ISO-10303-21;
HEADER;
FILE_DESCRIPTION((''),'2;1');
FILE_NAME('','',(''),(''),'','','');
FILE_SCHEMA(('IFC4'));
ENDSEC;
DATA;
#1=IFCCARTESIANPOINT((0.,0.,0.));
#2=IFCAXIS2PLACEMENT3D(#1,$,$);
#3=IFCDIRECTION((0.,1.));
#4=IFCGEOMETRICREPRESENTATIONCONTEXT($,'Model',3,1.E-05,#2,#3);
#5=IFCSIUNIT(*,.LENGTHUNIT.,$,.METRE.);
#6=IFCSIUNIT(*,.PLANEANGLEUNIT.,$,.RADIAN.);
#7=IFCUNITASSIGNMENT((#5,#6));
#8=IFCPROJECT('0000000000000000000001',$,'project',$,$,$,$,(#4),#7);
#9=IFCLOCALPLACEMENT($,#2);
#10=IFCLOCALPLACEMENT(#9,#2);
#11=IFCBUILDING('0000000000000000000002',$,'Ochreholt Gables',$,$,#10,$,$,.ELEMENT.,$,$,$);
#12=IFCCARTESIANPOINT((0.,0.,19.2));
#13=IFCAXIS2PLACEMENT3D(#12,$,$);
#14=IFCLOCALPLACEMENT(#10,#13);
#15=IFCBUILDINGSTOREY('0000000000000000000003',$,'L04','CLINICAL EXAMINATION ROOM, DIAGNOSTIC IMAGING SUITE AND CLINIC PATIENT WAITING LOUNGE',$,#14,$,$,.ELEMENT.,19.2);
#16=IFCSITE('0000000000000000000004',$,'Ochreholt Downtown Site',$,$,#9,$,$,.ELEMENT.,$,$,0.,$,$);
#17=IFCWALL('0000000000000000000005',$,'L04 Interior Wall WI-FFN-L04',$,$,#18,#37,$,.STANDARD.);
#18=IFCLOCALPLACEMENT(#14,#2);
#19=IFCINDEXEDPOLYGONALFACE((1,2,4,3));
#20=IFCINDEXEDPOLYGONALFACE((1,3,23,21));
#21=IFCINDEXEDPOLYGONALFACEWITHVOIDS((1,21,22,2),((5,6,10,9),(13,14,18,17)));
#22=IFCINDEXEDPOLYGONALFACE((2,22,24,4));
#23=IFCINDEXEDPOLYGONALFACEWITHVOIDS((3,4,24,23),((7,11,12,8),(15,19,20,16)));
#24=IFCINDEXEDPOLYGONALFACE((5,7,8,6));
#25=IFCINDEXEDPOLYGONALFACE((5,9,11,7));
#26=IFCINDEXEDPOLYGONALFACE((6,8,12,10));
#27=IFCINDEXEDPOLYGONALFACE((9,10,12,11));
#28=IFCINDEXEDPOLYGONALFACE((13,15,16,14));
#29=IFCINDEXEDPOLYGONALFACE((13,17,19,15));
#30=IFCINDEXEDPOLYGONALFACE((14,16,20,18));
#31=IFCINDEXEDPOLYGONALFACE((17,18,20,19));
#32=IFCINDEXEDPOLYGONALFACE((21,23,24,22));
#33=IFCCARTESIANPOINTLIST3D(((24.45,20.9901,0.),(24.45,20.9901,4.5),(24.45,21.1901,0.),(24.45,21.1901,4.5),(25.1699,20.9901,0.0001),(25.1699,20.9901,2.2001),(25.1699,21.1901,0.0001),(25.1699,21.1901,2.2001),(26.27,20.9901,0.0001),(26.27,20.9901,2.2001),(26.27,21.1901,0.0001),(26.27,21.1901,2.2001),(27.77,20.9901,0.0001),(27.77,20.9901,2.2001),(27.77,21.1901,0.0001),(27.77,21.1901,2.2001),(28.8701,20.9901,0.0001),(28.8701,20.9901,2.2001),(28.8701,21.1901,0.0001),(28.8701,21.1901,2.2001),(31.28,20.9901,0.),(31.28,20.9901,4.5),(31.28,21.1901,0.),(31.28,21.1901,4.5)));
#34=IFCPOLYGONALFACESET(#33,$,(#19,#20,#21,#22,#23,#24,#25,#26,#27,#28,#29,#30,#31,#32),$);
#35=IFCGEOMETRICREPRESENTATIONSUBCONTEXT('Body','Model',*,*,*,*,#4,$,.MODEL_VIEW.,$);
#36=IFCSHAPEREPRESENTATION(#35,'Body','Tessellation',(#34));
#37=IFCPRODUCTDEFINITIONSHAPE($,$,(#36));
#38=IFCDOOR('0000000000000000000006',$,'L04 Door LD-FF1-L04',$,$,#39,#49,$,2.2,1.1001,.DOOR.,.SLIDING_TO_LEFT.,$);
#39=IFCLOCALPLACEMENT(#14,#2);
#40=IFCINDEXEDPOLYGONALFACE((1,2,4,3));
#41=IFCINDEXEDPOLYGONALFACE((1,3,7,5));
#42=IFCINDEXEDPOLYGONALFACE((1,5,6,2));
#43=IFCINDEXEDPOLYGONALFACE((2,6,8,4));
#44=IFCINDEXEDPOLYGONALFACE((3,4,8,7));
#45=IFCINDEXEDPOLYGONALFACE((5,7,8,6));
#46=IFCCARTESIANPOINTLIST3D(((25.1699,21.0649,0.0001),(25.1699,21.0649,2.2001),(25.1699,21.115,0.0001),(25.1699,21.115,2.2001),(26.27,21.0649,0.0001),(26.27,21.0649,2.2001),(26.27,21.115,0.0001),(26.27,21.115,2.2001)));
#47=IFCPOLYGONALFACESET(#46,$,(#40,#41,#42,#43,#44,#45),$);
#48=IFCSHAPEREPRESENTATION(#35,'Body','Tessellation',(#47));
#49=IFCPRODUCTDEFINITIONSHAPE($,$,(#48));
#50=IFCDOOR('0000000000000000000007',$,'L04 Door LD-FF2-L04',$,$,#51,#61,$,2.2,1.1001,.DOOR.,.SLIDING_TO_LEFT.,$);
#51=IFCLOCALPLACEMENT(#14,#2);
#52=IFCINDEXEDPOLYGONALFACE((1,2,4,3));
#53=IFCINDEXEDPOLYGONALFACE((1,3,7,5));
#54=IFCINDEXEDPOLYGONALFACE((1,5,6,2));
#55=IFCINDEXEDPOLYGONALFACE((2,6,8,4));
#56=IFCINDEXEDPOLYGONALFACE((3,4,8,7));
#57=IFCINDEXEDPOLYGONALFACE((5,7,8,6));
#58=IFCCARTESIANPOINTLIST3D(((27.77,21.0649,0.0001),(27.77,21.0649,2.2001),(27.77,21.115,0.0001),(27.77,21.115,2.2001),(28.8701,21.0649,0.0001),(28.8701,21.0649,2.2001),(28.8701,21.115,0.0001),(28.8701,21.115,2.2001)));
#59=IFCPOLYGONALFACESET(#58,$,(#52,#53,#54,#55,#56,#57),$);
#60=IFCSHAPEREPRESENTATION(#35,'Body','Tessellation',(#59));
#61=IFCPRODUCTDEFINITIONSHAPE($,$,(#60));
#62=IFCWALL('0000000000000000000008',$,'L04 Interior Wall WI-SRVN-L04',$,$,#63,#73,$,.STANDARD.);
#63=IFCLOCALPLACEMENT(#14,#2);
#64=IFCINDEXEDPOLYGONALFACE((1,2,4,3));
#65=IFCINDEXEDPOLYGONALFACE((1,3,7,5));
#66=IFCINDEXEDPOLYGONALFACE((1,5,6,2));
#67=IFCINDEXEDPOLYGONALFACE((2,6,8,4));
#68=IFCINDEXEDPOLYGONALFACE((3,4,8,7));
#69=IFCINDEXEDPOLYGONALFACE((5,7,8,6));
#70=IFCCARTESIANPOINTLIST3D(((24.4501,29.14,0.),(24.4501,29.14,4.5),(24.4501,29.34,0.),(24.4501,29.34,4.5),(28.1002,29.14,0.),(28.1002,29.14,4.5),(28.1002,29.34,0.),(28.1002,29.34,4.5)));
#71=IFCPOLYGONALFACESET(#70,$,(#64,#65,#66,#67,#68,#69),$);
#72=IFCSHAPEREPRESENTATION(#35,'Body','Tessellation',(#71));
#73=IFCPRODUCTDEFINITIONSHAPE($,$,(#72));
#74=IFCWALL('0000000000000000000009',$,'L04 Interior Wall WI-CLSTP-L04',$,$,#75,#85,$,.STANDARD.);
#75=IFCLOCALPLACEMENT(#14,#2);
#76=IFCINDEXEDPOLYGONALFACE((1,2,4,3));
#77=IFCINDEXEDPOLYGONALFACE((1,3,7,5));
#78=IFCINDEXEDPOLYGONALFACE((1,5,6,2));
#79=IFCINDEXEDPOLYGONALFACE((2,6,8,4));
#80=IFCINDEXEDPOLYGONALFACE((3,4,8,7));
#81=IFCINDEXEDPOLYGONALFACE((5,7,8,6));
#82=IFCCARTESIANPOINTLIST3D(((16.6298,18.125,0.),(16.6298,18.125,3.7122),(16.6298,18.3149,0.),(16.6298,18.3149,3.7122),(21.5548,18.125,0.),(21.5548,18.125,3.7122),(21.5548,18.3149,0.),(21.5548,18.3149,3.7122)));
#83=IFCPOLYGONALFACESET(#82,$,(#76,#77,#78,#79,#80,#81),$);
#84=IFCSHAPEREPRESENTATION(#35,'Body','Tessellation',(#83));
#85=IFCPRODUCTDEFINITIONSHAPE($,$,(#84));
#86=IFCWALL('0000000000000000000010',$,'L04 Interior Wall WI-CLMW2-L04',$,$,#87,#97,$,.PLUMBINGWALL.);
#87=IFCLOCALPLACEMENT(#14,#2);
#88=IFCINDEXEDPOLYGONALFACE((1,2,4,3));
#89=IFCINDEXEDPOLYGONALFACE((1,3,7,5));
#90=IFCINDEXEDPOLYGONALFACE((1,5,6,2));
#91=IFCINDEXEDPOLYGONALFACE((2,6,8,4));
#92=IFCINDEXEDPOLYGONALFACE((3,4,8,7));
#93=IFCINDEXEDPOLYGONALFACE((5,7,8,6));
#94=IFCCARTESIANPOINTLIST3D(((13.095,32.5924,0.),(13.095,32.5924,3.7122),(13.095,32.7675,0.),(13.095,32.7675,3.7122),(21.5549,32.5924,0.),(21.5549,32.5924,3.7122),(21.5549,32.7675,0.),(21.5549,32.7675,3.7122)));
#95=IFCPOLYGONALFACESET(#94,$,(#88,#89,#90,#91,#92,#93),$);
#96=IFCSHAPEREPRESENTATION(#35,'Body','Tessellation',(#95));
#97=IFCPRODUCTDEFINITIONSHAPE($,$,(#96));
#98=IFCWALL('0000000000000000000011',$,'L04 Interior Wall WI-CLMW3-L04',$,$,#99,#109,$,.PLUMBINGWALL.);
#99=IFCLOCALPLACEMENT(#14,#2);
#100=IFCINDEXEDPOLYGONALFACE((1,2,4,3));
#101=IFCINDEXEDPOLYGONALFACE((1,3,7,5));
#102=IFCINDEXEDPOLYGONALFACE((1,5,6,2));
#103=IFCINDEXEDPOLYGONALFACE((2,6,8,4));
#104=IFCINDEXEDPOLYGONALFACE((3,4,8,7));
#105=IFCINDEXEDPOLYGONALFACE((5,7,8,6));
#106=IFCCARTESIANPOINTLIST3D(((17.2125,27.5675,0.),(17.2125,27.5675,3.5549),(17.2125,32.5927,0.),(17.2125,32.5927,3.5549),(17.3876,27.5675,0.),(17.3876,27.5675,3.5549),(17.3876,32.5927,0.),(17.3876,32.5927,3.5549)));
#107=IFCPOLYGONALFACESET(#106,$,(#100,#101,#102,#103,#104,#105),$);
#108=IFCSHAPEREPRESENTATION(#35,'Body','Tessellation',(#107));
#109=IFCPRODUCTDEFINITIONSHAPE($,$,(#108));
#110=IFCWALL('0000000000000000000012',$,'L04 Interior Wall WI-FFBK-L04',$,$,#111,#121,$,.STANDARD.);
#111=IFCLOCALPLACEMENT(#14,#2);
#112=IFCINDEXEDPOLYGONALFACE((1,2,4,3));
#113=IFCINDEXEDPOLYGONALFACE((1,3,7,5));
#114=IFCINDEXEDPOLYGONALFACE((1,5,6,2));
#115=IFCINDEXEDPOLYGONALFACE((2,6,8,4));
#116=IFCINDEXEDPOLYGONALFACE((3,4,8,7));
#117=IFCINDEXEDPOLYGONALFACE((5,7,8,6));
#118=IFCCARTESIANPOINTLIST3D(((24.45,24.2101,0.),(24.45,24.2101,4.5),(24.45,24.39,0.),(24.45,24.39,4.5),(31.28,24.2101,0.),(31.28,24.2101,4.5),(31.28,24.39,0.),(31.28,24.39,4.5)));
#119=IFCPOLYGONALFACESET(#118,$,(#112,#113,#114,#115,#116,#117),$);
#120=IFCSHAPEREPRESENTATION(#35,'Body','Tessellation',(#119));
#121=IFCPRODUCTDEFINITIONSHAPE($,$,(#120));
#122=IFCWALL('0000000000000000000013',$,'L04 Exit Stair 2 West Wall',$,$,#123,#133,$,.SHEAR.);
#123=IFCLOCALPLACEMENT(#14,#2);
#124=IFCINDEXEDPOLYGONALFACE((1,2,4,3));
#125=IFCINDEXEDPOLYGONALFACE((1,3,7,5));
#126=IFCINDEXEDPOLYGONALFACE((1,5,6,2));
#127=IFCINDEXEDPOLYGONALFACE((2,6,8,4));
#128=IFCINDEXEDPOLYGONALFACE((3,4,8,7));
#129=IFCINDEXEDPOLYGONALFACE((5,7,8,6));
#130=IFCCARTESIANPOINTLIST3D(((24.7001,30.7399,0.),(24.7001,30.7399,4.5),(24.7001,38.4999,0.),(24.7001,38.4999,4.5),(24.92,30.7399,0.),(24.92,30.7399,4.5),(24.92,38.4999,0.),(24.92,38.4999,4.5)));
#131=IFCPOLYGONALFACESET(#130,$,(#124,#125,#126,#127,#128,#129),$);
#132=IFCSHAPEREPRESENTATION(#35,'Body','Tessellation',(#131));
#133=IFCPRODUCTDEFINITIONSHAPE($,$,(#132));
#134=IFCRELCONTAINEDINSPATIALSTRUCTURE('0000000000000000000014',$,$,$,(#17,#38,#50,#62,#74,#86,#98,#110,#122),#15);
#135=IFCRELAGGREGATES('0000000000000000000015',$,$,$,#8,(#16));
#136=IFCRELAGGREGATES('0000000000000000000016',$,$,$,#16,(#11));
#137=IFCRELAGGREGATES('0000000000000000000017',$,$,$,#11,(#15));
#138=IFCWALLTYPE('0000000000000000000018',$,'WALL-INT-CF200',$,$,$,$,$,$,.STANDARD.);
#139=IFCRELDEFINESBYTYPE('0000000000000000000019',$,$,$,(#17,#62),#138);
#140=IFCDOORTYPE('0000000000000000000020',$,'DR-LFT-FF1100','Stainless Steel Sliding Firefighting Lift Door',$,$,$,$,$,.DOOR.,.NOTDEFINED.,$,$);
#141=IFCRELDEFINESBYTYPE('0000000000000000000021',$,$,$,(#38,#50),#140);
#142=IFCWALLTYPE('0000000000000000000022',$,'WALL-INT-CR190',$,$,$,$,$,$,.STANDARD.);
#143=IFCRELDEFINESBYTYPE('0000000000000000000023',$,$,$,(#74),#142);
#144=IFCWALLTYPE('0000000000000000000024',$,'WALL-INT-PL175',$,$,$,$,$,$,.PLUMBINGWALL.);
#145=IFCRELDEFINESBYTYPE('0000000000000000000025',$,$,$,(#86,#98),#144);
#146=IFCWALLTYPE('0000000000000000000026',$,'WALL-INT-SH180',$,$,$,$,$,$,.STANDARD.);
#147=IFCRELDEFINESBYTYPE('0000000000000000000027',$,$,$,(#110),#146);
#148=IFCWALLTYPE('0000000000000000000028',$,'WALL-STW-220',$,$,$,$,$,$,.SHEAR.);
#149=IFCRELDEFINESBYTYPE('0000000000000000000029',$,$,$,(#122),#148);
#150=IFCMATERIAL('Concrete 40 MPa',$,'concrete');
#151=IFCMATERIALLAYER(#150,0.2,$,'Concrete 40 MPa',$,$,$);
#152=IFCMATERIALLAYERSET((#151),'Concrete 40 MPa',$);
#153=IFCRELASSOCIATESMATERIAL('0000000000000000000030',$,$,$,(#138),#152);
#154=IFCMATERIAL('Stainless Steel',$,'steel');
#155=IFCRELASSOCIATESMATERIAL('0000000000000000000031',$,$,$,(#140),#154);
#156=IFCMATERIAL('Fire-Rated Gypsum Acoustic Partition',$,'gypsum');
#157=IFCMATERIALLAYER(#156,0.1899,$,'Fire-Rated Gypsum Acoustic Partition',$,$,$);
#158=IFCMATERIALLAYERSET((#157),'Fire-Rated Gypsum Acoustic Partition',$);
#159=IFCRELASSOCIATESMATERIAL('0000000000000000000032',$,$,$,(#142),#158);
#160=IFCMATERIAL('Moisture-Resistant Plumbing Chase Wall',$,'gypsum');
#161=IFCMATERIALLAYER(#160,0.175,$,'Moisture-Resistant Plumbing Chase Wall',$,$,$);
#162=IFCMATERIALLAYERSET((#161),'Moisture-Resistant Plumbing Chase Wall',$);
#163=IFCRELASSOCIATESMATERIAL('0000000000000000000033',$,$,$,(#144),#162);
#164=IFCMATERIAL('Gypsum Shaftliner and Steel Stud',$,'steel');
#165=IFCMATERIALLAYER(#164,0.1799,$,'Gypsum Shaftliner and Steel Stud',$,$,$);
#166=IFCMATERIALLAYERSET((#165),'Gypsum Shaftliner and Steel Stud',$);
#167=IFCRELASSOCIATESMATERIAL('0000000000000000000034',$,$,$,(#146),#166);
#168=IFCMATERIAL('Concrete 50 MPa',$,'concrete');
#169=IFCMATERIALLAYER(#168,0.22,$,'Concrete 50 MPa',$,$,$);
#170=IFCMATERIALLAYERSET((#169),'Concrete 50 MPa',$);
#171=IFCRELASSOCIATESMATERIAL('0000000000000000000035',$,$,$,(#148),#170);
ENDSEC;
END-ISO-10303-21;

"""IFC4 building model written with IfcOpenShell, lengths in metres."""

from ifc_helpers import new_model, si_unit, direction, frame, frame_2d, origin, place, context, subcontext, project, spatial, rectangle, extrude, material, layer, layer_set, type_object, element, fill, save


model = new_model("IFC4")

# Units and contexts
model_context = context("Model", 3, precision=1e-05, world=origin(), true_north=direction((0.0, 1.0)))
body_context = subcontext(model_context, "Body", "Model", "MODEL_VIEW")
ifc_project = project(units=[si_unit("LENGTHUNIT", "METRE"), si_unit("PLANEANGLEUNIT", "RADIAN")], contexts=[model_context])

# Site, building, storey
site_placement = place(None, origin())
site = spatial("IfcSite", under=ifc_project, at=site_placement, Name="Ochreholt Downtown Site", CompositionType="ELEMENT", RefElevation=0.0)
building_placement = place(site_placement, origin())
building = spatial("IfcBuilding", under=site, at=building_placement, Name="Ochreholt Gables", CompositionType="ELEMENT")
storey_placement = place(building_placement, frame((0.0, 0.0, 19.2)))
storey = spatial("IfcBuildingStorey", under=building, at=storey_placement, Name="L04", Description="CLINICAL EXAMINATION ROOM, DIAGNOSTIC IMAGING SUITE AND CLINIC PATIENT WAITING LOUNGE", CompositionType="ELEMENT", Elevation=19.2)

# Wall, openings, doors
ifc_material_1 = material(Name="Concrete 40 MPa", Category="concrete")
ifc_layer_1 = layer(ifc_material_1, 0.2, Name="Concrete 40 MPa")
ifc_layer_set_1 = layer_set([ifc_layer_1], Name="Concrete 40 MPa")
wall_type_1 = type_object("IfcWallType", Name="WALL-INT-CF200", PredefinedType="STANDARD", material=ifc_layer_set_1)
wall_1_placement = place(storey_placement, frame((24.45, 21.0901, 0.0), z_axis=(0.0, 0.0, 1.0), x_axis=(1.0, 0.0, 0.0)))
wall_1 = element("IfcWall", 1, at=wall_1_placement, inside=storey, type_object=wall_type_1, Name="L04 Interior Wall WI-FFN-L04", PredefinedType="STANDARD", context=body_context, shape_type="SweptSolid", body=[
    extrude(rectangle(XDim=6.8301, YDim=0.2, at=frame_2d((3.415, 0.0))), origin(), (0.0, 0.0, 1.0), 4.5),
])
opening_1_placement = place(wall_1_placement, frame((0.72, 0.0, 0.0)))
opening_1 = element("IfcOpeningElement", 2, at=opening_1_placement, cuts=wall_1, PredefinedType="OPENING", context=body_context, shape_type="SweptSolid", body=[
    extrude(rectangle(XDim=1.1001, YDim=2.2, at=frame_2d((0.55, 1.1001))), frame((0.0, 0.1099, 0.0), z_axis=(0.0, -1.0, 0.0), x_axis=(1.0, 0.0, 0.0)), (0.0, 0.0, 1.0), 0.22),
])
opening_2_placement = place(wall_1_placement, frame((3.3201, 0.0, 0.0)))
opening_2 = element("IfcOpeningElement", 3, at=opening_2_placement, cuts=wall_1, PredefinedType="OPENING", context=body_context, shape_type="SweptSolid", body=[
    extrude(rectangle(XDim=1.1001, YDim=2.2, at=frame_2d((0.55, 1.1001))), frame((0.0, 0.1099, 0.0), z_axis=(0.0, -1.0, 0.0), x_axis=(1.0, 0.0, 0.0)), (0.0, 0.0, 1.0), 0.22),
])
ifc_material_2 = material(Name="Stainless Steel", Category="steel")
door_type_1 = type_object("IfcDoorType", Name="DR-LFT-FF1100", Description="Stainless Steel Sliding Firefighting Lift Door", OperationType="NOTDEFINED", PredefinedType="DOOR", material=ifc_material_2)
door_1_placement = place(opening_1_placement, origin())
door_1 = element("IfcDoor", 4, at=door_1_placement, inside=storey, type_object=door_type_1, Name="L04 Door LD-FF1-L04", OperationType="SLIDING_TO_LEFT", OverallHeight=2.2, OverallWidth=1.1001, PredefinedType="DOOR", context=body_context, shape_type="SweptSolid", body=[
    extrude(rectangle(XDim=1.1001, YDim=2.2, at=frame_2d((0.55, 1.1001))), frame((0.0, 0.0249, 0.0), z_axis=(0.0, -1.0, 0.0), x_axis=(1.0, 0.0, 0.0)), (0.0, 0.0, 1.0), 0.05),
])
fill(opening_1, door_1)
door_2_placement = place(opening_2_placement, origin())
door_2 = element("IfcDoor", 5, at=door_2_placement, inside=storey, type_object=door_type_1, Name="L04 Door LD-FF2-L04", OperationType="SLIDING_TO_LEFT", OverallHeight=2.2, OverallWidth=1.1001, PredefinedType="DOOR", context=body_context, shape_type="SweptSolid", body=[
    extrude(rectangle(XDim=1.1001, YDim=2.2, at=frame_2d((0.55, 1.1001))), frame((0.0, 0.0249, 0.0), z_axis=(0.0, -1.0, 0.0), x_axis=(1.0, 0.0, 0.0)), (0.0, 0.0, 1.0), 0.05),
])
fill(opening_2, door_2)

# Walls
wall_2_placement = place(storey_placement, frame((24.45, 29.24, 0.0), z_axis=(0.0, 0.0, 1.0), x_axis=(1.0, 0.0, 0.0)))
element("IfcWall", 6, at=wall_2_placement, inside=storey, type_object=wall_type_1, Name="L04 Interior Wall WI-SRVN-L04", PredefinedType="STANDARD", context=body_context, shape_type="SweptSolid", body=[
    extrude(rectangle(XDim=3.6501, YDim=0.2, at=frame_2d((1.8252, 0.0))), origin(), (0.0, 0.0, 1.0), 4.5),
])
ifc_material_3 = material(Name="Fire-Rated Gypsum Acoustic Partition", Category="gypsum")
ifc_layer_2 = layer(ifc_material_3, 0.1899, Name="Fire-Rated Gypsum Acoustic Partition")
ifc_layer_set_2 = layer_set([ifc_layer_2], Name="Fire-Rated Gypsum Acoustic Partition")
wall_type_2 = type_object("IfcWallType", Name="WALL-INT-CR190", PredefinedType="STANDARD", material=ifc_layer_set_2)
wall_3_placement = place(storey_placement, frame((16.6299, 18.22, 0.0), z_axis=(0.0, 0.0, 1.0), x_axis=(1.0, 0.0, 0.0)))
element("IfcWall", 7, at=wall_3_placement, inside=storey, type_object=wall_type_2, Name="L04 Interior Wall WI-CLSTP-L04", PredefinedType="STANDARD", context=body_context, shape_type="SweptSolid", body=[
    extrude(rectangle(XDim=4.925, YDim=0.1899, at=frame_2d((2.4624, 0.0))), origin(), (0.0, 0.0, 1.0), 3.7122),
])
ifc_material_4 = material(Name="Moisture-Resistant Plumbing Chase Wall", Category="gypsum")
ifc_layer_3 = layer(ifc_material_4, 0.175, Name="Moisture-Resistant Plumbing Chase Wall")
ifc_layer_set_3 = layer_set([ifc_layer_3], Name="Moisture-Resistant Plumbing Chase Wall")
wall_type_3 = type_object("IfcWallType", Name="WALL-INT-PL175", PredefinedType="PLUMBINGWALL", material=ifc_layer_set_3)
wall_4_placement = place(storey_placement, frame((13.095, 32.6799, 0.0), z_axis=(0.0, 0.0, 1.0), x_axis=(1.0, 0.0, 0.0)))
element("IfcWall", 8, at=wall_4_placement, inside=storey, type_object=wall_type_3, Name="L04 Interior Wall WI-CLMW2-L04", PredefinedType="PLUMBINGWALL", context=body_context, shape_type="SweptSolid", body=[
    extrude(rectangle(XDim=8.46, YDim=0.175, at=frame_2d((4.23, 0.0))), origin(), (0.0, 0.0, 1.0), 3.7122),
])
wall_5_placement = place(storey_placement, frame((17.3, 27.5674, 0.0), z_axis=(0.0, 0.0, 1.0), x_axis=(0.0, 1.0, 0.0)))
element("IfcWall", 9, at=wall_5_placement, inside=storey, type_object=wall_type_3, Name="L04 Interior Wall WI-CLMW3-L04", PredefinedType="PLUMBINGWALL", context=body_context, shape_type="SweptSolid", body=[
    extrude(rectangle(XDim=5.0251, YDim=0.175, at=frame_2d((2.5127, 0.0))), origin(), (0.0, 0.0, 1.0), 3.5549),
])
ifc_material_5 = material(Name="Gypsum Shaftliner and Steel Stud", Category="steel")
ifc_layer_4 = layer(ifc_material_5, 0.1799, Name="Gypsum Shaftliner and Steel Stud")
ifc_layer_set_4 = layer_set([ifc_layer_4], Name="Gypsum Shaftliner and Steel Stud")
wall_type_4 = type_object("IfcWallType", Name="WALL-INT-SH180", PredefinedType="STANDARD", material=ifc_layer_set_4)
wall_6_placement = place(storey_placement, frame((24.45, 24.3, 0.0), z_axis=(0.0, 0.0, 1.0), x_axis=(1.0, 0.0, 0.0)))
element("IfcWall", 10, at=wall_6_placement, inside=storey, type_object=wall_type_4, Name="L04 Interior Wall WI-FFBK-L04", PredefinedType="STANDARD", context=body_context, shape_type="SweptSolid", body=[
    extrude(rectangle(XDim=6.8301, YDim=0.1799, at=frame_2d((3.415, 0.0))), origin(), (0.0, 0.0, 1.0), 4.5),
])
ifc_material_6 = material(Name="Concrete 50 MPa", Category="concrete")
ifc_layer_5 = layer(ifc_material_6, 0.22, Name="Concrete 50 MPa")
ifc_layer_set_5 = layer_set([ifc_layer_5], Name="Concrete 50 MPa")
wall_type_5 = type_object("IfcWallType", Name="WALL-STW-220", PredefinedType="SHEAR", material=ifc_layer_set_5)
wall_7_placement = place(storey_placement, frame((24.8101, 30.74, 0.0), z_axis=(0.0, 0.0, 1.0), x_axis=(0.0, 1.0, 0.0)))
element("IfcWall", 11, at=wall_7_placement, inside=storey, type_object=wall_type_5, Name="L04 Exit Stair 2 West Wall", PredefinedType="SHEAR", context=body_context, shape_type="SweptSolid", body=[
    extrude(rectangle(XDim=7.76, YDim=0.22, at=frame_2d((3.8799, 0.0))), origin(), (0.0, 0.0, 1.0), 4.5),
])

save(model, "model.ifc")
